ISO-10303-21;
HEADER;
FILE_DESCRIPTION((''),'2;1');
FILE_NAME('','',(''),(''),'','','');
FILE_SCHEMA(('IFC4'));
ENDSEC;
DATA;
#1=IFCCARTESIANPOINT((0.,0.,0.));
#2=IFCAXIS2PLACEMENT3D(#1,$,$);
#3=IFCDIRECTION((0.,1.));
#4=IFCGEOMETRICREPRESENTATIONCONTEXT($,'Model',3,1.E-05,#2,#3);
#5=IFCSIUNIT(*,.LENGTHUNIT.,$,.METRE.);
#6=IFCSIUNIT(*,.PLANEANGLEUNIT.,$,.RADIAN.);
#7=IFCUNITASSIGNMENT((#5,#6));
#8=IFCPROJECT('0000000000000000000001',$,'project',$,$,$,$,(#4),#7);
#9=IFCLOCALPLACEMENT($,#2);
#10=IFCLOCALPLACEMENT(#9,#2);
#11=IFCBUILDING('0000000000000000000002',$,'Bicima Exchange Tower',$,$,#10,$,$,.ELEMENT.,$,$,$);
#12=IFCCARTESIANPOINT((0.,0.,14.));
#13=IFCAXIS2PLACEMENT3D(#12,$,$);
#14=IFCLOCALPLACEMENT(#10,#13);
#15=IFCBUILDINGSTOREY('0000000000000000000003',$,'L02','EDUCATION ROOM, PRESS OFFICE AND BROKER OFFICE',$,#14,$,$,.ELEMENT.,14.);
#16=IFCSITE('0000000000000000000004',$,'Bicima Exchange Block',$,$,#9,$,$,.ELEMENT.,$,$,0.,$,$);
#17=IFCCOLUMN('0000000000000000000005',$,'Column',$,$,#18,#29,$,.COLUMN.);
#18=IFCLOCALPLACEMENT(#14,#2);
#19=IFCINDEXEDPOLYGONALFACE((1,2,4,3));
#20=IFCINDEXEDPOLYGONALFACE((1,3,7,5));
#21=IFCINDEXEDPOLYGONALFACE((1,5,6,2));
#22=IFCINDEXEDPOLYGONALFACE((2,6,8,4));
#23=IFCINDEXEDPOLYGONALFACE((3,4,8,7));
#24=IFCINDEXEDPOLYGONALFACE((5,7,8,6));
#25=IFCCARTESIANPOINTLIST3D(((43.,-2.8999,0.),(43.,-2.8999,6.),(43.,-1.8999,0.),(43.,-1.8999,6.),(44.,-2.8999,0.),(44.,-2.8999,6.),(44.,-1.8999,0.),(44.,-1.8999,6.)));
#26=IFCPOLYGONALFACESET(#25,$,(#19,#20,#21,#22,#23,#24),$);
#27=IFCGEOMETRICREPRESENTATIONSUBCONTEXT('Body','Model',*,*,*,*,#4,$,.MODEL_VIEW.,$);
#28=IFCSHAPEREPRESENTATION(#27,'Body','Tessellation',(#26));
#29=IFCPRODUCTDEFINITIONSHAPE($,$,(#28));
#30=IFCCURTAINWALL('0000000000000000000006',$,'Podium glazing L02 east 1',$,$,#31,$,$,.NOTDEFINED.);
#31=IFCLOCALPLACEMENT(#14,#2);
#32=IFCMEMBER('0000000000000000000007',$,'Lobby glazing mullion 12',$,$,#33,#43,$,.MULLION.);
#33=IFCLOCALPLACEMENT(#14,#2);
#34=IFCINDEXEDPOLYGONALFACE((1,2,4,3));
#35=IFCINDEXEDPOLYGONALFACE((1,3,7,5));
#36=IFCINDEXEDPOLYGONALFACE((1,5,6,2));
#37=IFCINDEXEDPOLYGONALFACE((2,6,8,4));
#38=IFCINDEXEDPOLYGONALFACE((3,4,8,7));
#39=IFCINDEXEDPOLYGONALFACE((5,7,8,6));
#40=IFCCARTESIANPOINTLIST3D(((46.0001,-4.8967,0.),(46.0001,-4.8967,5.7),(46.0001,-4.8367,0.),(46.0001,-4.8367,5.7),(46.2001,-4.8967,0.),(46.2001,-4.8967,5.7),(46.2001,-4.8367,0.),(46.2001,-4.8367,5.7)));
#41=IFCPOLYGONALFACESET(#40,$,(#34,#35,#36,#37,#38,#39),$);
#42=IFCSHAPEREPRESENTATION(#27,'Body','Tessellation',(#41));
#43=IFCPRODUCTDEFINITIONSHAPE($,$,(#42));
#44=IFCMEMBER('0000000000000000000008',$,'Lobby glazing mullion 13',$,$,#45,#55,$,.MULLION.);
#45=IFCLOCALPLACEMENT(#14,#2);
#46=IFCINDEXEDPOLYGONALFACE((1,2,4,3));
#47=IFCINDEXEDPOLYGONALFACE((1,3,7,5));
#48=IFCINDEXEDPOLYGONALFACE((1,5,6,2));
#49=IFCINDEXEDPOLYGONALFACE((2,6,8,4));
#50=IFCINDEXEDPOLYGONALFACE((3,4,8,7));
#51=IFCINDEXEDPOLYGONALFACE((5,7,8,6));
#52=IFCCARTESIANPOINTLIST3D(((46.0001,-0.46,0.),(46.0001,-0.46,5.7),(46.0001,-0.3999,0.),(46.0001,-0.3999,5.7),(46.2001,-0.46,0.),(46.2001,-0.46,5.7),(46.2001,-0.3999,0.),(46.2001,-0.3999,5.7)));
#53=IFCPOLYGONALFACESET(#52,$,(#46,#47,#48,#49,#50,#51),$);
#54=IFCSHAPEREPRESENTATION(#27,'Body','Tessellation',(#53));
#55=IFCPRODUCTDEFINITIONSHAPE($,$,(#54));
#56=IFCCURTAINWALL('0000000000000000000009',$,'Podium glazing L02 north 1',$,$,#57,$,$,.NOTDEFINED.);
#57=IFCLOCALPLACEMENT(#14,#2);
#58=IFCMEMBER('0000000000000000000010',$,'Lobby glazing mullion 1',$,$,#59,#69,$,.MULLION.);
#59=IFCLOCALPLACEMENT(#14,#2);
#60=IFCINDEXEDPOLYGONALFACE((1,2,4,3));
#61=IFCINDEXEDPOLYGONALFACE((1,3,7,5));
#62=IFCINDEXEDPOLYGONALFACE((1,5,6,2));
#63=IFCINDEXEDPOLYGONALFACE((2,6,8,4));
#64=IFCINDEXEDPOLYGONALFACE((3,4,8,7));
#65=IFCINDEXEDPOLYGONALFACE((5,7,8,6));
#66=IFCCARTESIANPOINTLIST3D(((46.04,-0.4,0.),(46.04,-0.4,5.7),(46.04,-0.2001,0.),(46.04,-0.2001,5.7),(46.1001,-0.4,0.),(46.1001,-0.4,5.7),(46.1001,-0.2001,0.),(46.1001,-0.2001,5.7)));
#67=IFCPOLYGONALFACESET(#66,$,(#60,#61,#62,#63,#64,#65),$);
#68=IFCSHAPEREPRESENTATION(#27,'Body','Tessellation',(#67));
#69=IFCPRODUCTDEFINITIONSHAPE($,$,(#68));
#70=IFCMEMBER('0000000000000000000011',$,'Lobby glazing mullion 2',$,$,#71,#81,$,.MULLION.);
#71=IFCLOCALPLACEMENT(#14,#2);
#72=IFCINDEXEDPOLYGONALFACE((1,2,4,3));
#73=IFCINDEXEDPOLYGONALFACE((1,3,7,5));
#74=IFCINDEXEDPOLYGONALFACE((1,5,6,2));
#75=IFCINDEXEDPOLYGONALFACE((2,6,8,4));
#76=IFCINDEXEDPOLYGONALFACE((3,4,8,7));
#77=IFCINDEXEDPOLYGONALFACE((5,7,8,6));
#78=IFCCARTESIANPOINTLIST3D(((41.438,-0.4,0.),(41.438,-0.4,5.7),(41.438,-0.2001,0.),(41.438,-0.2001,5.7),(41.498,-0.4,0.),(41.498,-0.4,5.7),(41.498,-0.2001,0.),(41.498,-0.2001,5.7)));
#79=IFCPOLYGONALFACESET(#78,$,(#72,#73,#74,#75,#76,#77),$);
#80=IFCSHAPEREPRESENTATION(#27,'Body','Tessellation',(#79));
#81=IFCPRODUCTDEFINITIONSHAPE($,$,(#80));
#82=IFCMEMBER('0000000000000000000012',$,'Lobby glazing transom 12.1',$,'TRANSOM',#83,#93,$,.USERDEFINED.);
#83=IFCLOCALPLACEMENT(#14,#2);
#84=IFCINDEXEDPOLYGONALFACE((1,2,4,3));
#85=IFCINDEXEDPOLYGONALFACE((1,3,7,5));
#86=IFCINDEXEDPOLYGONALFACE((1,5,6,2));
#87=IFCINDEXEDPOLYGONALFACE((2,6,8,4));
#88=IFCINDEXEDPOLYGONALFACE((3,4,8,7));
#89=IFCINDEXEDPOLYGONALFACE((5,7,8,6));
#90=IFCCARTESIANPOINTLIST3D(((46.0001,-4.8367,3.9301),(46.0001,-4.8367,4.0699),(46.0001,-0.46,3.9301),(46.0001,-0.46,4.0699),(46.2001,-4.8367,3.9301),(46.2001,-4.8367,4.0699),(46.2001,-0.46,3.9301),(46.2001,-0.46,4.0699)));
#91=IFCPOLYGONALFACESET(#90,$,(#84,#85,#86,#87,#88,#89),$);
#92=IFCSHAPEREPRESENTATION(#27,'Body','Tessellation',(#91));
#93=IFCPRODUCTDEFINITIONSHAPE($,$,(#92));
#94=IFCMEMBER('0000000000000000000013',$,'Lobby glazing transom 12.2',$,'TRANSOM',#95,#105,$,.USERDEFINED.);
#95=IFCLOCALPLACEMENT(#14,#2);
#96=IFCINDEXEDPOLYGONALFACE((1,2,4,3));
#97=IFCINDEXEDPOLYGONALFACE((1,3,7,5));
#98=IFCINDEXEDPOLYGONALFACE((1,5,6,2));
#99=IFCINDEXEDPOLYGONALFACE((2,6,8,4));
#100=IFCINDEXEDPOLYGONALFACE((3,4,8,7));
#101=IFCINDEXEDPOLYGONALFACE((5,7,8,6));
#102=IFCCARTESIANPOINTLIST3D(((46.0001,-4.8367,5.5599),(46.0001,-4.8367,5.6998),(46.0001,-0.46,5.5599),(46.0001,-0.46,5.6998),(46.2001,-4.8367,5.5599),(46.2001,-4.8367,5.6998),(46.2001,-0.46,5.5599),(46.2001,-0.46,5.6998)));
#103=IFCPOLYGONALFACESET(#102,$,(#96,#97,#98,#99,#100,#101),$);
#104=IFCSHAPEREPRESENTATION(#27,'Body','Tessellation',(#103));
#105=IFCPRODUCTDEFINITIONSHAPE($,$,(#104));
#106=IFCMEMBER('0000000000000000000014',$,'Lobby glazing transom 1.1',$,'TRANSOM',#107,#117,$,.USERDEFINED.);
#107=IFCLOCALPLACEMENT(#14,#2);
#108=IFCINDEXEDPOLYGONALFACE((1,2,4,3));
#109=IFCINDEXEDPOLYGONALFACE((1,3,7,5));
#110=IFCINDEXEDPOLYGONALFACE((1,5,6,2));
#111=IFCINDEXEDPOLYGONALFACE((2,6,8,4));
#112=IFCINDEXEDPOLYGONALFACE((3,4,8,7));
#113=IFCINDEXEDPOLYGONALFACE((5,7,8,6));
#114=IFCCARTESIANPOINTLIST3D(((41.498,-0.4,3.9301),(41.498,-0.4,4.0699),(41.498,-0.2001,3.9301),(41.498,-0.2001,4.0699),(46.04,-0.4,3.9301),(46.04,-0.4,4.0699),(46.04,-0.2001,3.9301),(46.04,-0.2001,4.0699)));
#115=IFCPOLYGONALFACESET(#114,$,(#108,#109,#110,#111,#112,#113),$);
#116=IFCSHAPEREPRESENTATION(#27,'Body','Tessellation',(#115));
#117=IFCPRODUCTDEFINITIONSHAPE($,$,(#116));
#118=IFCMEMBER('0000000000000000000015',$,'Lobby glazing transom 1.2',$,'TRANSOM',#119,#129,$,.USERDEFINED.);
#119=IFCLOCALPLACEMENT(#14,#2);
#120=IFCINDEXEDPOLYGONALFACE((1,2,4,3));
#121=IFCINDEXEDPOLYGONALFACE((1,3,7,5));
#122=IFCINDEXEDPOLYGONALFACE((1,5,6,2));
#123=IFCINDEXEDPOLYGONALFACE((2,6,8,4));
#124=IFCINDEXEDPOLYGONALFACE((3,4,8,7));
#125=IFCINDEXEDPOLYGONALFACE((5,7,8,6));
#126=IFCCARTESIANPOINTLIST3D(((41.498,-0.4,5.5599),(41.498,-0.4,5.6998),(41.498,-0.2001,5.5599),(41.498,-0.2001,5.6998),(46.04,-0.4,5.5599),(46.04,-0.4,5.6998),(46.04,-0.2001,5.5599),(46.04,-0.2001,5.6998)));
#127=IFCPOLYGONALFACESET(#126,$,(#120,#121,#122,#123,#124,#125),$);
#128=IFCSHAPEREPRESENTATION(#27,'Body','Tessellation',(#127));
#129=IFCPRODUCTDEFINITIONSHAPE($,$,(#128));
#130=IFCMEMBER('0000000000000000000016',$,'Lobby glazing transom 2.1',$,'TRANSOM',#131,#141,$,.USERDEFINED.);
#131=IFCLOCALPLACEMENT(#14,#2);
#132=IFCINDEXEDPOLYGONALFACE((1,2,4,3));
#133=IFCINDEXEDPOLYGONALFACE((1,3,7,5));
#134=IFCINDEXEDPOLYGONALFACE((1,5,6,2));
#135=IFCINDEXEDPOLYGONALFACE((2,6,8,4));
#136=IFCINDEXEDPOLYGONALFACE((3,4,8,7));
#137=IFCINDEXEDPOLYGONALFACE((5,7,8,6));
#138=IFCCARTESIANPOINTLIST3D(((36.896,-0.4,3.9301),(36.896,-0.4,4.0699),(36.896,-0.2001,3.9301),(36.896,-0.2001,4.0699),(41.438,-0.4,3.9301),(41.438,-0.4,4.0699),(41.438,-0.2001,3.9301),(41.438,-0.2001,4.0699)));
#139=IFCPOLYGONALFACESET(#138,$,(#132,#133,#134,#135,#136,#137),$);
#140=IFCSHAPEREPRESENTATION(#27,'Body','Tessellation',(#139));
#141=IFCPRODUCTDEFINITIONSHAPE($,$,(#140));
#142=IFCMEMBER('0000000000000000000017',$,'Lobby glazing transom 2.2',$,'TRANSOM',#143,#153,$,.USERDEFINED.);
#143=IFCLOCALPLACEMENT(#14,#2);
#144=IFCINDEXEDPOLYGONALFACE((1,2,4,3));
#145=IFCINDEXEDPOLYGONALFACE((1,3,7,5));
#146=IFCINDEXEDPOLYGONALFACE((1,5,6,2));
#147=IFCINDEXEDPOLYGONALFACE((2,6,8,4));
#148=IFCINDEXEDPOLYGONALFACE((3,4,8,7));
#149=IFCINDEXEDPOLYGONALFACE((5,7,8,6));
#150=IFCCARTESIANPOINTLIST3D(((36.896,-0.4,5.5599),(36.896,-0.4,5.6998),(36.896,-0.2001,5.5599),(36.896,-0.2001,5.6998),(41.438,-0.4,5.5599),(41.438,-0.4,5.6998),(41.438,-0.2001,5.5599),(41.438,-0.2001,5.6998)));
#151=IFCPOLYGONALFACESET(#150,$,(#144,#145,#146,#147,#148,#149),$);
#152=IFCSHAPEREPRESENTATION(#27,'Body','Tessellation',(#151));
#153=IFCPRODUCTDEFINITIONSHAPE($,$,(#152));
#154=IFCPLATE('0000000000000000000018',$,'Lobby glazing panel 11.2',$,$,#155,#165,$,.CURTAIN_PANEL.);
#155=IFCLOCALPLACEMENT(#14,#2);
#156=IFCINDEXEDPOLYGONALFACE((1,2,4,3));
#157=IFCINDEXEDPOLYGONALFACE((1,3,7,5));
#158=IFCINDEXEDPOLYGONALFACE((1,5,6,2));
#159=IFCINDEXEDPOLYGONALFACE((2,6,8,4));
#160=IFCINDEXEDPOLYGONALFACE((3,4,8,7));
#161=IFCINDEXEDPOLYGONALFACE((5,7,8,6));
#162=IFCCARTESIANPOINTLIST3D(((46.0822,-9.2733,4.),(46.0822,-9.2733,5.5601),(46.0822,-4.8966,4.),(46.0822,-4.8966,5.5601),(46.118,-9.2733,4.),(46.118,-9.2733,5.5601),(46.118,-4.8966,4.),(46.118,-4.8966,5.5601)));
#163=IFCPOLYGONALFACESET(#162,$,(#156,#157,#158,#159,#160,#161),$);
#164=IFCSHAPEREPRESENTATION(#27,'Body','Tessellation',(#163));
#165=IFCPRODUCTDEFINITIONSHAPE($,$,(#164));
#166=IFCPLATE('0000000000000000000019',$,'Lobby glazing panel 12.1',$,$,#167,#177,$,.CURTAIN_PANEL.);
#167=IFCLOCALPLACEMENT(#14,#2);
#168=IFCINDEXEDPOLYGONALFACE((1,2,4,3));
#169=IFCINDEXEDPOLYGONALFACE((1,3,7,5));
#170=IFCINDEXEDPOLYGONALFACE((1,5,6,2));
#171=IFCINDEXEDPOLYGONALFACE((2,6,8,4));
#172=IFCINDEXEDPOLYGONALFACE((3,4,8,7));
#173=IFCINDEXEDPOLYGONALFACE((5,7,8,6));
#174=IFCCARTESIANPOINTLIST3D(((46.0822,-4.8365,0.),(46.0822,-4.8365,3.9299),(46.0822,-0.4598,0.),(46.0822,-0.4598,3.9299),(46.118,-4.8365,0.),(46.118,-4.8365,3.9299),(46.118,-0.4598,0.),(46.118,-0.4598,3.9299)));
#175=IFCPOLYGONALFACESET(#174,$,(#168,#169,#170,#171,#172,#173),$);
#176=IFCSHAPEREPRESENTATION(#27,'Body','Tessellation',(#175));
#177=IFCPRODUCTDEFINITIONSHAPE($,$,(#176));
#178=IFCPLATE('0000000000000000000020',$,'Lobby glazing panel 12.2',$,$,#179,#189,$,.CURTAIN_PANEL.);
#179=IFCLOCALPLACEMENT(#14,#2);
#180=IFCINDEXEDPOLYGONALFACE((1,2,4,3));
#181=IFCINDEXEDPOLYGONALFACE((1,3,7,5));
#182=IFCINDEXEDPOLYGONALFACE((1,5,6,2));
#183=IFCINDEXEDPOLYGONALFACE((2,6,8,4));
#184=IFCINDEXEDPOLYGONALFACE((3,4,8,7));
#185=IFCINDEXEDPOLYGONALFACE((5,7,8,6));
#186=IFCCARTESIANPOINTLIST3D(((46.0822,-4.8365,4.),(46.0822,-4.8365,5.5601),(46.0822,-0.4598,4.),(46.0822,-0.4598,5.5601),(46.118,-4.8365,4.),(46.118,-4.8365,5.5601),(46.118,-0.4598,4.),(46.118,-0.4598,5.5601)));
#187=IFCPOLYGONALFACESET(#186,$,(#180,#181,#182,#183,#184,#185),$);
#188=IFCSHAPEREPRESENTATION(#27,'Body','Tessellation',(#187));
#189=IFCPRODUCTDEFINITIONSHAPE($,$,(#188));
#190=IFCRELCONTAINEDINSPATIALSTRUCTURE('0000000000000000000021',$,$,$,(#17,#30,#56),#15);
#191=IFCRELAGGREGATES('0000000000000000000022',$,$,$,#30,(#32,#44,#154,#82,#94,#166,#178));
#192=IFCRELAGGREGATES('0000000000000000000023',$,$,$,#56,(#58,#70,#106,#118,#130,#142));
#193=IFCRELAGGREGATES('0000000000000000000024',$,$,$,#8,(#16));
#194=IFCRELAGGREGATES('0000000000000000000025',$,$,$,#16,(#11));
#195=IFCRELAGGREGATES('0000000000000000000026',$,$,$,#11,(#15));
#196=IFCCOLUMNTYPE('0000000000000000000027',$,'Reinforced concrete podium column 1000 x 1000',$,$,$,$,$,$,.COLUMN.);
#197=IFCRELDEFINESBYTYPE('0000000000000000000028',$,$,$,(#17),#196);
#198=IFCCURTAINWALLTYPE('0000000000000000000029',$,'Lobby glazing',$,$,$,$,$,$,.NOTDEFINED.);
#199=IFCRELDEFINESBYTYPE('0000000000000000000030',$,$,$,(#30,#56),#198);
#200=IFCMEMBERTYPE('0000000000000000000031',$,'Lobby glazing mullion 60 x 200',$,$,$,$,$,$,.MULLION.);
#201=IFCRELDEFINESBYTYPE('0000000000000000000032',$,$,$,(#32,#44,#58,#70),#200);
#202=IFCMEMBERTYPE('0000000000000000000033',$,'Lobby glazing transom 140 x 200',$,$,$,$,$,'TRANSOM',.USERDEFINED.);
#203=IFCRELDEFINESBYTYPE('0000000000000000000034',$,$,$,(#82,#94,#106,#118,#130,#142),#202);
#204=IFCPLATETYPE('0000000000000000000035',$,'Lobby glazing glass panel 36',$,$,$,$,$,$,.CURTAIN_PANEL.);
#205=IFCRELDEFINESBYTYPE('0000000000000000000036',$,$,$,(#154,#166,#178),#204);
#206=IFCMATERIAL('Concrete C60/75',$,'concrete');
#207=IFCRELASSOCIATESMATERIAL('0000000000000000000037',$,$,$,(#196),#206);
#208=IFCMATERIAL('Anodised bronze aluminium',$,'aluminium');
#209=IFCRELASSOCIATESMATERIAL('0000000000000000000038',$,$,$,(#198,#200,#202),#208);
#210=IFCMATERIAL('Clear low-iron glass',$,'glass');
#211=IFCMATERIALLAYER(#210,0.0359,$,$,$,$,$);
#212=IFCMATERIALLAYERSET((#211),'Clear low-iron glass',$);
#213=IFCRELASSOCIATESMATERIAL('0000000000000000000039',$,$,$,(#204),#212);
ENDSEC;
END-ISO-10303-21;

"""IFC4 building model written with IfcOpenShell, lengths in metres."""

from ifc_helpers import new_model, si_unit, direction, frame, origin, origin_2d, place, context, subcontext, project, spatial, rectangle, extrude, material, layer, layer_set, material_profile, profile_set, type_object, element, aggregate, save


model = new_model("IFC4")

# Units and contexts
model_context = context("Model", 3, precision=1e-05, world=origin(), true_north=direction((0.0, 1.0)))
body_context = subcontext(model_context, "Body", "Model", "MODEL_VIEW")
ifc_project = project(units=[si_unit("LENGTHUNIT", "METRE"), si_unit("PLANEANGLEUNIT", "RADIAN")], contexts=[model_context])

# Site, building, storey
site_placement = place(None, origin())
site = spatial("IfcSite", under=ifc_project, at=site_placement, Name="Bicima Exchange Block", CompositionType="ELEMENT", RefElevation=0.0)
building_placement = place(site_placement, origin())
building = spatial("IfcBuilding", under=site, at=building_placement, Name="Bicima Exchange Tower", CompositionType="ELEMENT")
storey_placement = place(building_placement, frame((0.0, 0.0, 14.0)))
storey = spatial("IfcBuildingStorey", under=building, at=storey_placement, Name="L02", Description="EDUCATION ROOM, PRESS OFFICE AND BROKER OFFICE", CompositionType="ELEMENT", Elevation=14.0)

# Column
ifc_material_1 = material(Name="Concrete C60/75", Category="concrete")
ifc_material_profile_1 = material_profile(ifc_material_1, rectangle(XDim=1.0, YDim=1.0, at=origin_2d()))
ifc_profile_set_1 = profile_set([ifc_material_profile_1], Name="Concrete C60/75")
column_type = type_object("IfcColumnType", Name="Reinforced concrete podium column 1000 x 1000", PredefinedType="COLUMN", material=ifc_profile_set_1)
column_placement = place(storey_placement, frame((43.5, -2.3999, 0.0), z_axis=(0.0, 0.0, 1.0), x_axis=(1.0, 0.0, 0.0)))
element("IfcColumn", 1, at=column_placement, inside=storey, type_object=column_type, Name="Column", PredefinedType="COLUMN", context=body_context, shape_type="SweptSolid", body=[
    extrude(rectangle(XDim=1.0, YDim=1.0, at=origin_2d()), origin(), (0.0, 0.0, 1.0), 6.0),
])

# Curtain walls, members
ifc_material_2 = material(Name="Anodised bronze aluminium", Category="aluminium")
curtain_wall_type = type_object("IfcCurtainWallType", Name="Lobby glazing", PredefinedType="NOTDEFINED", material=ifc_material_2)
curtain_wall_1_placement = place(storey_placement, origin())
curtain_wall_1 = element("IfcCurtainWall", 2, at=curtain_wall_1_placement, inside=storey, type_object=curtain_wall_type, Name="Podium glazing L02 east 1", PredefinedType="NOTDEFINED")
ifc_material_profile_2 = material_profile(ifc_material_2, rectangle(XDim=0.2, YDim=0.0601, at=origin_2d()))
ifc_profile_set_2 = profile_set([ifc_material_profile_2], Name="Anodised bronze aluminium")
member_type_1 = type_object("IfcMemberType", Name="Lobby glazing mullion 60 x 200", PredefinedType="MULLION", material=ifc_profile_set_2)
member_1_placement = place(storey_placement, frame((46.1001, -4.8667, 0.0), z_axis=(0.0, 0.0, 1.0), x_axis=(-1.0, 0.0, 0.0)))
member_1 = element("IfcMember", 3, at=member_1_placement, type_object=member_type_1, Name="Lobby glazing mullion 12", PredefinedType="MULLION", context=body_context, shape_type="SweptSolid", body=[
    extrude(rectangle(XDim=0.2, YDim=0.0601, at=origin_2d()), origin(), (0.0, 0.0, 1.0), 5.7),
])
member_2_placement = place(storey_placement, frame((46.1001, -0.4299, 0.0), z_axis=(0.0, 0.0, 1.0), x_axis=(-1.0, 0.0, 0.0)))
member_2 = element("IfcMember", 4, at=member_2_placement, type_object=member_type_1, Name="Lobby glazing mullion 13", PredefinedType="MULLION", context=body_context, shape_type="SweptSolid", body=[
    extrude(rectangle(XDim=0.2, YDim=0.0601, at=origin_2d()), origin(), (0.0, 0.0, 1.0), 5.7),
])
curtain_wall_2_placement = place(storey_placement, origin())
curtain_wall_2 = element("IfcCurtainWall", 5, at=curtain_wall_2_placement, inside=storey, type_object=curtain_wall_type, Name="Podium glazing L02 north 1", PredefinedType="NOTDEFINED")
member_3_placement = place(storey_placement, frame((46.0701, -0.3, 0.0), z_axis=(0.0, 0.0, 1.0), x_axis=(0.0, -1.0, 0.0)))
member_3 = element("IfcMember", 6, at=member_3_placement, type_object=member_type_1, Name="Lobby glazing mullion 1", PredefinedType="MULLION", context=body_context, shape_type="SweptSolid", body=[
    extrude(rectangle(XDim=0.2, YDim=0.0601, at=origin_2d()), origin(), (0.0, 0.0, 1.0), 5.7),
])
member_4_placement = place(storey_placement, frame((41.468, -0.3, 0.0), z_axis=(0.0, 0.0, 1.0), x_axis=(0.0, -1.0, 0.0)))
member_4 = element("IfcMember", 7, at=member_4_placement, type_object=member_type_1, Name="Lobby glazing mullion 2", PredefinedType="MULLION", context=body_context, shape_type="SweptSolid", body=[
    extrude(rectangle(XDim=0.2, YDim=0.0601, at=origin_2d()), origin(), (0.0, 0.0, 1.0), 5.7),
])

# Members
ifc_material_profile_3 = material_profile(ifc_material_2, rectangle(XDim=0.2, YDim=0.1399, at=origin_2d()))
ifc_profile_set_3 = profile_set([ifc_material_profile_3], Name="Anodised bronze aluminium")
member_type_2 = type_object("IfcMemberType", Name="Lobby glazing transom 140 x 200", ElementType="TRANSOM", PredefinedType="USERDEFINED", material=ifc_profile_set_3)
member_5_placement = place(storey_placement, frame((46.1001, -4.8367, 4.0), z_axis=(0.0, 1.0, 0.0), x_axis=(-1.0, 0.0, 0.0)))
member_5 = element("IfcMember", 8, at=member_5_placement, type_object=member_type_2, Name="Lobby glazing transom 12.1", ObjectType="TRANSOM", PredefinedType="USERDEFINED", context=body_context, shape_type="SweptSolid", body=[
    extrude(rectangle(XDim=0.2, YDim=0.1399, at=origin_2d()), origin(), (0.0, 0.0, 1.0), 4.3767),
])
member_6_placement = place(storey_placement, frame((46.1001, -4.8367, 5.6299), z_axis=(0.0, 1.0, 0.0), x_axis=(-1.0, 0.0, 0.0)))
member_6 = element("IfcMember", 9, at=member_6_placement, type_object=member_type_2, Name="Lobby glazing transom 12.2", ObjectType="TRANSOM", PredefinedType="USERDEFINED", context=body_context, shape_type="SweptSolid", body=[
    extrude(rectangle(XDim=0.2, YDim=0.1399, at=origin_2d()), origin(), (0.0, 0.0, 1.0), 4.3767),
])
member_7_placement = place(storey_placement, frame((46.04, -0.3, 4.0), z_axis=(-1.0, 0.0, 0.0), x_axis=(0.0, -1.0, 0.0)))
member_7 = element("IfcMember", 10, at=member_7_placement, type_object=member_type_2, Name="Lobby glazing transom 1.1", ObjectType="TRANSOM", PredefinedType="USERDEFINED", context=body_context, shape_type="SweptSolid", body=[
    extrude(rectangle(XDim=0.2, YDim=0.1399, at=origin_2d()), origin(), (0.0, 0.0, 1.0), 4.542),
])
member_8_placement = place(storey_placement, frame((46.04, -0.3, 5.6299), z_axis=(-1.0, 0.0, 0.0), x_axis=(0.0, -1.0, 0.0)))
member_8 = element("IfcMember", 11, at=member_8_placement, type_object=member_type_2, Name="Lobby glazing transom 1.2", ObjectType="TRANSOM", PredefinedType="USERDEFINED", context=body_context, shape_type="SweptSolid", body=[
    extrude(rectangle(XDim=0.2, YDim=0.1399, at=origin_2d()), origin(), (0.0, 0.0, 1.0), 4.542),
])
member_9_placement = place(storey_placement, frame((41.438, -0.3, 4.0), z_axis=(-1.0, 0.0, 0.0), x_axis=(0.0, -1.0, 0.0)))
member_9 = element("IfcMember", 12, at=member_9_placement, type_object=member_type_2, Name="Lobby glazing transom 2.1", ObjectType="TRANSOM", PredefinedType="USERDEFINED", context=body_context, shape_type="SweptSolid", body=[
    extrude(rectangle(XDim=0.2, YDim=0.1399, at=origin_2d()), origin(), (0.0, 0.0, 1.0), 4.542),
])
member_10_placement = place(storey_placement, frame((41.438, -0.3, 5.6299), z_axis=(-1.0, 0.0, 0.0), x_axis=(0.0, -1.0, 0.0)))
member_10 = element("IfcMember", 13, at=member_10_placement, type_object=member_type_2, Name="Lobby glazing transom 2.2", ObjectType="TRANSOM", PredefinedType="USERDEFINED", context=body_context, shape_type="SweptSolid", body=[
    extrude(rectangle(XDim=0.2, YDim=0.1399, at=origin_2d()), origin(), (0.0, 0.0, 1.0), 4.542),
])

# Plates
ifc_material_3 = material(Name="Clear low-iron glass", Category="glass")
ifc_layer = layer(ifc_material_3, 0.0359)
ifc_layer_set = layer_set([ifc_layer], Name="Clear low-iron glass")
plate_type = type_object("IfcPlateType", Name="Lobby glazing glass panel 36", PredefinedType="CURTAIN_PANEL", material=ifc_layer_set)
plate_1_placement = place(storey_placement, frame((46.1001, -7.085, 4.0), z_axis=(0.0, 0.0, 1.0), x_axis=(0.0, 1.0, 0.0)))
plate_1 = element("IfcPlate", 14, at=plate_1_placement, type_object=plate_type, Name="Lobby glazing panel 11.2", PredefinedType="CURTAIN_PANEL", context=body_context, shape_type="SweptSolid", body=[
    extrude(rectangle(XDim=4.3767, YDim=0.0359, at=origin_2d()), origin(), (0.0, 0.0, 1.0), 1.5601),
])
plate_2_placement = place(storey_placement, frame((46.1001, -2.6482, 0.0), z_axis=(0.0, 0.0, 1.0), x_axis=(0.0, 1.0, 0.0)))
plate_2 = element("IfcPlate", 15, at=plate_2_placement, type_object=plate_type, Name="Lobby glazing panel 12.1", PredefinedType="CURTAIN_PANEL", context=body_context, shape_type="SweptSolid", body=[
    extrude(rectangle(XDim=4.3767, YDim=0.0359, at=origin_2d()), origin(), (0.0, 0.0, 1.0), 3.9299),
])
plate_3_placement = place(storey_placement, frame((46.1001, -2.6482, 4.0), z_axis=(0.0, 0.0, 1.0), x_axis=(0.0, 1.0, 0.0)))
plate_3 = element("IfcPlate", 16, at=plate_3_placement, type_object=plate_type, Name="Lobby glazing panel 12.2", PredefinedType="CURTAIN_PANEL", context=body_context, shape_type="SweptSolid", body=[
    extrude(rectangle(XDim=4.3767, YDim=0.0359, at=origin_2d()), origin(), (0.0, 0.0, 1.0), 1.5601),
])
aggregate(curtain_wall_1, [member_1, member_2, plate_1, member_5, member_6, plate_2, plate_3])
aggregate(curtain_wall_2, [member_3, member_4, member_7, member_8, member_9, member_10])

save(model, "model.ifc")
